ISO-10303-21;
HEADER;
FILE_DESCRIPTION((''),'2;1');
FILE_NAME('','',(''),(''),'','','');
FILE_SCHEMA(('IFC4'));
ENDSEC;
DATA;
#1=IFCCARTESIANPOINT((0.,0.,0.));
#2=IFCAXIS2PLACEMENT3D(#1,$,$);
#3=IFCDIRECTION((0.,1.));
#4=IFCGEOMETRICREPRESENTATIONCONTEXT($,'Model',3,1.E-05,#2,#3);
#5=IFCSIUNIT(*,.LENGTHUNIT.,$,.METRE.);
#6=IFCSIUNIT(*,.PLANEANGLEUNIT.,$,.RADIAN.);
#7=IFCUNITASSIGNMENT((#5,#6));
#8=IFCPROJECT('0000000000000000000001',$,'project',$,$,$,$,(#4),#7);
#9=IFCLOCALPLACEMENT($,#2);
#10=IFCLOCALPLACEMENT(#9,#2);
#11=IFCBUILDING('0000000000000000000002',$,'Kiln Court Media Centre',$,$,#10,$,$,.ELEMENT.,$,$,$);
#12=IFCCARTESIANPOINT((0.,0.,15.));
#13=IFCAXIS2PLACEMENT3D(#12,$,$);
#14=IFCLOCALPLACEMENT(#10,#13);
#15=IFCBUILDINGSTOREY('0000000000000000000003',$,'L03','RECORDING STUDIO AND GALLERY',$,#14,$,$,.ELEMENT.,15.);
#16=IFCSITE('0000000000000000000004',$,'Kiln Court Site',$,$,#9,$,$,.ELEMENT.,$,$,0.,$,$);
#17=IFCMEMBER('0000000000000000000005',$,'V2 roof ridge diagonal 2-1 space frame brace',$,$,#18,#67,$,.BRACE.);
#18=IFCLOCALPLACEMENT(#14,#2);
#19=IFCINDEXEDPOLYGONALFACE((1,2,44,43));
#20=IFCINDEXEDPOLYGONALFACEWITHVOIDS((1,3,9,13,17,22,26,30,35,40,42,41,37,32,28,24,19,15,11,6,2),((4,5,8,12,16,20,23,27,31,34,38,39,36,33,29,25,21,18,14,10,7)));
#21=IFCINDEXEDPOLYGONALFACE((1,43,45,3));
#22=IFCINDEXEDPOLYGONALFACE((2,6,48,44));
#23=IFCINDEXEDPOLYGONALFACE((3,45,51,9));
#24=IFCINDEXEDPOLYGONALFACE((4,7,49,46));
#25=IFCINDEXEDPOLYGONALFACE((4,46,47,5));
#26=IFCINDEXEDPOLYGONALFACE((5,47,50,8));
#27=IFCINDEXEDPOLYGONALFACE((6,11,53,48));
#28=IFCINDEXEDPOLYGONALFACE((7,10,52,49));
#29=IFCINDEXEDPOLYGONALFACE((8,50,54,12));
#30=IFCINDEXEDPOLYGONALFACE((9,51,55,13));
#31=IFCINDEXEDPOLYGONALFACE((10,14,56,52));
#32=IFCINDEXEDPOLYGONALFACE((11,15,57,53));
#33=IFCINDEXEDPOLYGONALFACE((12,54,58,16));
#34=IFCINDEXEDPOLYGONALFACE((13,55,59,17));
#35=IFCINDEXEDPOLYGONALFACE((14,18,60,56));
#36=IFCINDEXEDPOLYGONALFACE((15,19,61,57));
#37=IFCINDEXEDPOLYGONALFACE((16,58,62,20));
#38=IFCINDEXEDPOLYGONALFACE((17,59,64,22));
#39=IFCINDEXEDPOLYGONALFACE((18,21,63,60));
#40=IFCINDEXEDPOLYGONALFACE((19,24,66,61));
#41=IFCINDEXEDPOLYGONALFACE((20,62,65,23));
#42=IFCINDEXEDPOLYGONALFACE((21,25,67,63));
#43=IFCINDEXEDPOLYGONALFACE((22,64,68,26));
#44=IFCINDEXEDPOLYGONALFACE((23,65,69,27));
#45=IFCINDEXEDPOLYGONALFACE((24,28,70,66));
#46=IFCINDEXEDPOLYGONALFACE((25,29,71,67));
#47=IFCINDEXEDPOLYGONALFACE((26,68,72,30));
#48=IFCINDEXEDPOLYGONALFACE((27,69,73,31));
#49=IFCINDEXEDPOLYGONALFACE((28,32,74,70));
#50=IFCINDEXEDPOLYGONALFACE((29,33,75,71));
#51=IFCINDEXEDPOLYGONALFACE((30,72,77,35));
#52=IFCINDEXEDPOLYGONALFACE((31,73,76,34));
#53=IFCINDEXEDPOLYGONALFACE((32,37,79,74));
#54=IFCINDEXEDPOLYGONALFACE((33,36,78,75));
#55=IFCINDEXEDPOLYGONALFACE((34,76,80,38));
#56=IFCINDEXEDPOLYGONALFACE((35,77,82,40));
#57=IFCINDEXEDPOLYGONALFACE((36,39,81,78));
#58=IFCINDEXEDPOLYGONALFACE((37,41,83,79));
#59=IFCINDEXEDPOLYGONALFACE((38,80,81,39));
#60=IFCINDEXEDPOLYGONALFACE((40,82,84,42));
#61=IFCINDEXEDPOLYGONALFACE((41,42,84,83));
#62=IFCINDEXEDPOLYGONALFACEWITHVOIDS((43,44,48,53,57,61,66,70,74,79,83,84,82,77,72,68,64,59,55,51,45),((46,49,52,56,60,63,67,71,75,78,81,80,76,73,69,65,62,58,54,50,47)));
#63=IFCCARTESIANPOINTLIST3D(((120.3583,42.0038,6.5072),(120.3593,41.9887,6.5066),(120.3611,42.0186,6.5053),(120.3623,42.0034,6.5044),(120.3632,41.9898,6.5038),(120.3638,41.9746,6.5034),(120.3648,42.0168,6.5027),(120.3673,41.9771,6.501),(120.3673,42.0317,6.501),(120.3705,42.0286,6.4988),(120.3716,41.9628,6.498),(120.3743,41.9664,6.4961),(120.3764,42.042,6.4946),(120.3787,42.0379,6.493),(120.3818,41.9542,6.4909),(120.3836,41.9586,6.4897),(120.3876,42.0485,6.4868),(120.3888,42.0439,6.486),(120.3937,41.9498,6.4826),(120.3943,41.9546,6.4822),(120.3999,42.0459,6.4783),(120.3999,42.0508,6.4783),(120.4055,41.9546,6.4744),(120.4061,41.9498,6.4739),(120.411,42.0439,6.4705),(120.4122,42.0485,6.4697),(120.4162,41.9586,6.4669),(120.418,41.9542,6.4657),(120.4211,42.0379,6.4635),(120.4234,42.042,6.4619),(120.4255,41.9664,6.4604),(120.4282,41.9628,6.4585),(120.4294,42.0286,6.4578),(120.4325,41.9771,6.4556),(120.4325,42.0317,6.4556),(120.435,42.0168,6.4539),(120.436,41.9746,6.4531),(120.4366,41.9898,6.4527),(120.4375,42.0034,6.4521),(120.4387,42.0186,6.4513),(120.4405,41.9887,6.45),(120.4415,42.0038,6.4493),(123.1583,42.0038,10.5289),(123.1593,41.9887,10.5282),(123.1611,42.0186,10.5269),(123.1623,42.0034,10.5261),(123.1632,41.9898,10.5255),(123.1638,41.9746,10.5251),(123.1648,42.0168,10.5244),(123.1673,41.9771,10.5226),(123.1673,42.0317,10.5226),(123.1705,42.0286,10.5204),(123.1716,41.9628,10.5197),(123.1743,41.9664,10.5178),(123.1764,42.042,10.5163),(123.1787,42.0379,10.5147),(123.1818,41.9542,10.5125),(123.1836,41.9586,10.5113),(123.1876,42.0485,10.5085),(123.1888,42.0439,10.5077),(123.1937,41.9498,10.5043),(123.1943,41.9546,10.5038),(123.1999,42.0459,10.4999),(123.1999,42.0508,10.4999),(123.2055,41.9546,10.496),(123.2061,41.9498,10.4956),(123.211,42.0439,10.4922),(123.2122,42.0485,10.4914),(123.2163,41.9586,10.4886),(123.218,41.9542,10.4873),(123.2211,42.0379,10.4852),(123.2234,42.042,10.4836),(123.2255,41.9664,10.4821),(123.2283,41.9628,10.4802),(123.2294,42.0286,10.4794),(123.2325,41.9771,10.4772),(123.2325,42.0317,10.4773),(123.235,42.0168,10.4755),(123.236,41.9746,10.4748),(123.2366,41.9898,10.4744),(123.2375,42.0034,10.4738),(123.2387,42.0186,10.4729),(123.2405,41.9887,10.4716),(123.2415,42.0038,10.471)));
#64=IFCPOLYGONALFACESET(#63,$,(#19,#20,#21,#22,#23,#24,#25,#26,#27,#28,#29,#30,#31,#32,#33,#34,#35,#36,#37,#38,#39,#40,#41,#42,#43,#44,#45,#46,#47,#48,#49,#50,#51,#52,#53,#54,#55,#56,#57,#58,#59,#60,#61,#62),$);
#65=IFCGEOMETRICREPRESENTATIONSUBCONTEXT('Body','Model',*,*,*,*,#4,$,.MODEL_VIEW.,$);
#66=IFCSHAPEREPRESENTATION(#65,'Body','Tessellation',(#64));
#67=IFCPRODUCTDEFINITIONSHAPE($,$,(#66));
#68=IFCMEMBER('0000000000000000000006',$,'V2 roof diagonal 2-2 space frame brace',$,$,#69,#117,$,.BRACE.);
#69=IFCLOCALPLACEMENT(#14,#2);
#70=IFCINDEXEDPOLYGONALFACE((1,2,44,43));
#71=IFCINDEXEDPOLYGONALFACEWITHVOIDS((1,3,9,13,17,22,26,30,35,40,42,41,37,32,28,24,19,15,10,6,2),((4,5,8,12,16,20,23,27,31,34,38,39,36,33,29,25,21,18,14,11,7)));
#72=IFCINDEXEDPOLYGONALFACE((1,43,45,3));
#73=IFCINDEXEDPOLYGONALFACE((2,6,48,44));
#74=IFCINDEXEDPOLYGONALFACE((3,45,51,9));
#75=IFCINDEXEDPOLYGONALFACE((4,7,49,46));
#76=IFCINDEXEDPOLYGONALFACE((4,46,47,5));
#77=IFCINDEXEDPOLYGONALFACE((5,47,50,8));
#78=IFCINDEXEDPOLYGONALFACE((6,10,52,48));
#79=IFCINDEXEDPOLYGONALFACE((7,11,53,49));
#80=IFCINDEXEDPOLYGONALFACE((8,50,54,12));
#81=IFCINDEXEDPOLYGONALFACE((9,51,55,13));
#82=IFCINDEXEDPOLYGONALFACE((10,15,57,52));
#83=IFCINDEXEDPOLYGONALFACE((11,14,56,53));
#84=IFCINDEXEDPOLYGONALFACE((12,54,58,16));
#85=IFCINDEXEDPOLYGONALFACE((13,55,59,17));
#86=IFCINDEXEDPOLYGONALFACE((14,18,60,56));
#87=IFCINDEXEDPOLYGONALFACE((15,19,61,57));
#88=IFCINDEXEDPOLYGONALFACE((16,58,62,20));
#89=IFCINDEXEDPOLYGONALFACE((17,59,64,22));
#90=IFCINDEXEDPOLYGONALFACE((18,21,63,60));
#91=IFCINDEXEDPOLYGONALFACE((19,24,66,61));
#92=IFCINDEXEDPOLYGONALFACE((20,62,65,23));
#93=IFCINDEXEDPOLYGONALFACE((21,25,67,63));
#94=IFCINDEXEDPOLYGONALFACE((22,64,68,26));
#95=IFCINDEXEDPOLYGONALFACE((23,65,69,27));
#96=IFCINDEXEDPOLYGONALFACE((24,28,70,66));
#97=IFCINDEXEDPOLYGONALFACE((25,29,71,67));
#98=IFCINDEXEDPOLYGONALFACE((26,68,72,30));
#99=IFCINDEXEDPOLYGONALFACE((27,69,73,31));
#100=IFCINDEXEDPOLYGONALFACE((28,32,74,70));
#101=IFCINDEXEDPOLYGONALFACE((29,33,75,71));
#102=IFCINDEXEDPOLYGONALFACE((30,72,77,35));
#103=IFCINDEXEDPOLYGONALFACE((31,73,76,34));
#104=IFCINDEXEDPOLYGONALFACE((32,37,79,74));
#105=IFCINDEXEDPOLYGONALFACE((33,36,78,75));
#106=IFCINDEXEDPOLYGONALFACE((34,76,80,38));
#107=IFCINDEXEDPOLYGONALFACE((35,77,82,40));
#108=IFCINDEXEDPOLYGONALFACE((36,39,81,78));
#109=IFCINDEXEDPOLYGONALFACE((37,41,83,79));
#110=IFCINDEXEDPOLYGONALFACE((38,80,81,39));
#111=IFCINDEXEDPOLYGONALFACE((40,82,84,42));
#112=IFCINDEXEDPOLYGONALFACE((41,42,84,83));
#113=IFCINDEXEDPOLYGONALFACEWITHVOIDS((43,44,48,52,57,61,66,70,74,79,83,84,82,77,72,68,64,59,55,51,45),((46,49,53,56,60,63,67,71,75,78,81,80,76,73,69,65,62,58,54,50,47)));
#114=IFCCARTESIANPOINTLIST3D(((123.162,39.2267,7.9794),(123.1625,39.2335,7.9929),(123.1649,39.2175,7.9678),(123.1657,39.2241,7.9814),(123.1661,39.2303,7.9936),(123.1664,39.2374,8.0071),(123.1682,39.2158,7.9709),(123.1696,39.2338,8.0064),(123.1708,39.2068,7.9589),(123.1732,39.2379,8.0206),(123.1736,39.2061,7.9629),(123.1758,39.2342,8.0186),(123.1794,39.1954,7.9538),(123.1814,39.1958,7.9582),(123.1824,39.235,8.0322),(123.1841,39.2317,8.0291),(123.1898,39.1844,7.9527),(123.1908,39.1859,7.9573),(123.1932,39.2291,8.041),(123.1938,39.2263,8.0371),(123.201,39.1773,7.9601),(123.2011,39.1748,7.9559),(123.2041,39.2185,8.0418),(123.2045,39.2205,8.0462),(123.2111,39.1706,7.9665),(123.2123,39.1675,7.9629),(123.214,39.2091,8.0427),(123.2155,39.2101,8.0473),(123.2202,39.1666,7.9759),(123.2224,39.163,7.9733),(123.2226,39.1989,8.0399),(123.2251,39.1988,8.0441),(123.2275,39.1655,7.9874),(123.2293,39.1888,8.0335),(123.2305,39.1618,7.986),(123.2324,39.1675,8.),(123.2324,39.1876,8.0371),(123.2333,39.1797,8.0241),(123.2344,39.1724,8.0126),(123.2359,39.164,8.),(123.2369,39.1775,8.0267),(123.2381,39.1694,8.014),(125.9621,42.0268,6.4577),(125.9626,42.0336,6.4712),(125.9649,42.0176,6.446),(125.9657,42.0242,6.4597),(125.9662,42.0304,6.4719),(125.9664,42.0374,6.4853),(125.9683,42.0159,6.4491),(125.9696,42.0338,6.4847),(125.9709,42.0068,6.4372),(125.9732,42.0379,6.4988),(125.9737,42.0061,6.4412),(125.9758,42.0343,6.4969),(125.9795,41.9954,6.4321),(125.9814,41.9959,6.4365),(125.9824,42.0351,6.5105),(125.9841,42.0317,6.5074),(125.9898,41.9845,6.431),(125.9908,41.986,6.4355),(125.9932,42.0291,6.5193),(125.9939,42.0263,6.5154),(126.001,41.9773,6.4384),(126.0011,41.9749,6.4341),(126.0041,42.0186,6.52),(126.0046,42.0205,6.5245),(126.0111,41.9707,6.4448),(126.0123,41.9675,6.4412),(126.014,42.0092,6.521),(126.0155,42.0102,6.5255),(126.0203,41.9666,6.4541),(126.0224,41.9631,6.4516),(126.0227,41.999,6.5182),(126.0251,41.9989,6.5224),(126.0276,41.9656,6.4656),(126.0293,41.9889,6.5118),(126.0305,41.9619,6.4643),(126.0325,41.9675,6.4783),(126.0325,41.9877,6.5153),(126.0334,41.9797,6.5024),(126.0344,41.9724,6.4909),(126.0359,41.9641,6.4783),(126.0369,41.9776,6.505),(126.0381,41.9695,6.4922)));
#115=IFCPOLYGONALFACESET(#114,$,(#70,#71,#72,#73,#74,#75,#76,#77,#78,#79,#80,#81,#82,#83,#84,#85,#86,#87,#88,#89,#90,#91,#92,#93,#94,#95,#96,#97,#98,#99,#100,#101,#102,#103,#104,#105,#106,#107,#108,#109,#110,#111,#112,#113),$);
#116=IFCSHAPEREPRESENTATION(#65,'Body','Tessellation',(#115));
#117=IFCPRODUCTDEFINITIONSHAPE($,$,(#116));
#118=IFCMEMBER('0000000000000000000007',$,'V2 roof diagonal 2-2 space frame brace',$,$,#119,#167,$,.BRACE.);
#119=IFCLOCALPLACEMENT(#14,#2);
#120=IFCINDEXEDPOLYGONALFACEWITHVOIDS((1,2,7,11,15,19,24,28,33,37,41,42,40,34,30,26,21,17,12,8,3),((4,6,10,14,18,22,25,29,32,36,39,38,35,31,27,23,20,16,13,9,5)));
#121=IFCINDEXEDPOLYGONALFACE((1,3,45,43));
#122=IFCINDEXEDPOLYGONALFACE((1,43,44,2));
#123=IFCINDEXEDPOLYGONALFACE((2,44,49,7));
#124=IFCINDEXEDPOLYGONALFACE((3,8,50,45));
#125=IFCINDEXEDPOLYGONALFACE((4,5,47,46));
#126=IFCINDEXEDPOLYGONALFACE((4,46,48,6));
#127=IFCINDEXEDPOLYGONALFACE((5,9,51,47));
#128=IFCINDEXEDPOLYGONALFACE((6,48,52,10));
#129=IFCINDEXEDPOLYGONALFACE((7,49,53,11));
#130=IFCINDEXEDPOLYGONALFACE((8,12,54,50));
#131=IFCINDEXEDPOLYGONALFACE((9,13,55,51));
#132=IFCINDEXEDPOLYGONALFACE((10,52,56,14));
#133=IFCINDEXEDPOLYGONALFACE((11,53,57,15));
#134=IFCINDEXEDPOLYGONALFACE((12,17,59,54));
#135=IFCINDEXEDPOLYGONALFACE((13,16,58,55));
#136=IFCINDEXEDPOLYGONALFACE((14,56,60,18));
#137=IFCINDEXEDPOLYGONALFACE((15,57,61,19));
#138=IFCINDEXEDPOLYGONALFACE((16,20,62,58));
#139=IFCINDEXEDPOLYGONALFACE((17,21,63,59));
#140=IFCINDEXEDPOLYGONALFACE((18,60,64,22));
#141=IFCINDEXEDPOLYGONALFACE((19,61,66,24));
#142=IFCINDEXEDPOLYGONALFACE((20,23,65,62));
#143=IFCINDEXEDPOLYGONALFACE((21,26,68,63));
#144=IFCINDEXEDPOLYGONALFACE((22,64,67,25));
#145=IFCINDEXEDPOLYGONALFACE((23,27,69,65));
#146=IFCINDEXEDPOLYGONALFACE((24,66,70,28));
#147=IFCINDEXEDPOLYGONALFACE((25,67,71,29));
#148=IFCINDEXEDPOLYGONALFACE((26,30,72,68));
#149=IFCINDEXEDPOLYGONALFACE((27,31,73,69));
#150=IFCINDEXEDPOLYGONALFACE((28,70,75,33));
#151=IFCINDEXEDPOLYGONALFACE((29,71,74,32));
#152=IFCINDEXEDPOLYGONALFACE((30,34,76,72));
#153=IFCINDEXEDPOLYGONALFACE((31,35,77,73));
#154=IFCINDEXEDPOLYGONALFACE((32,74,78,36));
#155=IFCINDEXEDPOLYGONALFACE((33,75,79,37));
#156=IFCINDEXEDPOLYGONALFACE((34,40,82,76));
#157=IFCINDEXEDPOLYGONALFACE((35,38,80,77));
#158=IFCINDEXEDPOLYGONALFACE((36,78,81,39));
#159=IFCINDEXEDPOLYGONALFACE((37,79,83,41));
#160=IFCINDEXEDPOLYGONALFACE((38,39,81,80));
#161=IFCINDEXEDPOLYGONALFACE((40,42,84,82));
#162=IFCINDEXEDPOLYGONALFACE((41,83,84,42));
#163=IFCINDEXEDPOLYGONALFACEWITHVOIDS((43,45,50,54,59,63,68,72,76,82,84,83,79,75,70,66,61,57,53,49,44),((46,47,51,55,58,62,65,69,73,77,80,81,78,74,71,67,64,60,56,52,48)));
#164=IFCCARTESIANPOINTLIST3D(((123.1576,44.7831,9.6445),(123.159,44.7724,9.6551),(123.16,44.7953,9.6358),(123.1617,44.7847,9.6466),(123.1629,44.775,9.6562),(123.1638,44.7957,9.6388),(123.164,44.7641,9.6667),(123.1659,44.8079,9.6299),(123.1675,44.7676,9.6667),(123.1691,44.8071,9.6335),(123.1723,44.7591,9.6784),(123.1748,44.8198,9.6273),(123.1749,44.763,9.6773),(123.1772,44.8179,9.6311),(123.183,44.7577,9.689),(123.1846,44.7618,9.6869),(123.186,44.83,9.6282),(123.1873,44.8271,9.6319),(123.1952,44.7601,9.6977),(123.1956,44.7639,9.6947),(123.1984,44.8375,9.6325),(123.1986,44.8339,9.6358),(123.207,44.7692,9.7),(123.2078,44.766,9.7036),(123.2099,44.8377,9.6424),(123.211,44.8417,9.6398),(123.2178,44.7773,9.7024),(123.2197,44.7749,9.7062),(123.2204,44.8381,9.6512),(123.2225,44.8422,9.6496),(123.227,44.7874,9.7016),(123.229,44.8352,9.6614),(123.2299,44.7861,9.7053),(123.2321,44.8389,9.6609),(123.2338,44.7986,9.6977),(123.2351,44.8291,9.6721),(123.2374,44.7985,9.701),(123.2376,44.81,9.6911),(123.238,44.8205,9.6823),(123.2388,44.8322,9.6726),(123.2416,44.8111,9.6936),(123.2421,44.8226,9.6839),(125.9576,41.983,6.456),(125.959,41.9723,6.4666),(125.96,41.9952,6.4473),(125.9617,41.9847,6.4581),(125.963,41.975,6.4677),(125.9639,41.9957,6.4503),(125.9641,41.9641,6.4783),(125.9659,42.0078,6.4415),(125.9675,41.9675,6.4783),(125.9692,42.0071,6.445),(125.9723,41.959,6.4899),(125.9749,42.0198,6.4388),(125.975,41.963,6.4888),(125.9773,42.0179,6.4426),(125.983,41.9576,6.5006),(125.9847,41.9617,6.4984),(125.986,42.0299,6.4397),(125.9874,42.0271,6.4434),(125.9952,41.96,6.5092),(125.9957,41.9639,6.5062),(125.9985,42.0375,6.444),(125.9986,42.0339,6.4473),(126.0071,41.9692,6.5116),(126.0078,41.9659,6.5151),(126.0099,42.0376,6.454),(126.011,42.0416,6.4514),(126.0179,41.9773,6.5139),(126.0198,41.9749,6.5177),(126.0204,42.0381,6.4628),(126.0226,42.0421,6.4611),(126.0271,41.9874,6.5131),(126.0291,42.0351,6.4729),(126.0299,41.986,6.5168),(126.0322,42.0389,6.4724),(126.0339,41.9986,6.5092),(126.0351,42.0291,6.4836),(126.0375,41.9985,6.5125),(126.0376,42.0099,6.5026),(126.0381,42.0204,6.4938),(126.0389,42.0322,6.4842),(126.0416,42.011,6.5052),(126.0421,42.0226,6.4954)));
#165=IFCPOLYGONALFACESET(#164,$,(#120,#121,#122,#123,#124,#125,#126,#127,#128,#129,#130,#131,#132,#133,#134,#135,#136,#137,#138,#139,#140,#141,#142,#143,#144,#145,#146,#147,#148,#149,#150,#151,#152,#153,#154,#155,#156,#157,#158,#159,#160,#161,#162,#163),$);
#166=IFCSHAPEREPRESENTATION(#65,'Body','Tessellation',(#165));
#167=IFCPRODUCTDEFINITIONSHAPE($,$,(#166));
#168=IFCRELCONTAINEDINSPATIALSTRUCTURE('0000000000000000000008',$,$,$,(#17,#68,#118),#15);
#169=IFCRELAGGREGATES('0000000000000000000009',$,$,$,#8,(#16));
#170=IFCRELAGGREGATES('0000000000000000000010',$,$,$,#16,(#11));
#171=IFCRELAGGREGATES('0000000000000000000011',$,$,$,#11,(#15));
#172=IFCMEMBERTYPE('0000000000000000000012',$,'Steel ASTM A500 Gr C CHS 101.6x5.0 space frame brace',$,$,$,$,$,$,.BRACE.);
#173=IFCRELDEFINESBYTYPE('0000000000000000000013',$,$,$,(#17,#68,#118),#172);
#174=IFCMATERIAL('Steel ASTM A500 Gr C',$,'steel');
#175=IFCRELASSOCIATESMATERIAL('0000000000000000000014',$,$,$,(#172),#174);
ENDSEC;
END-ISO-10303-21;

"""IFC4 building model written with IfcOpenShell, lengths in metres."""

from ifc_helpers import new_model, si_unit, direction, frame, origin, origin_2d, place, context, subcontext, project, spatial, hollow_circle, extrude, material, material_profile, profile_set, type_object, element, save


model = new_model("IFC4")

# Units and contexts
model_context = context("Model", 3, precision=1e-05, world=origin(), true_north=direction((0.0, 1.0)))
body_context = subcontext(model_context, "Body", "Model", "MODEL_VIEW")
ifc_project = project(units=[si_unit("LENGTHUNIT", "METRE"), si_unit("PLANEANGLEUNIT", "RADIAN")], contexts=[model_context])

# Site, building, storey
site_placement = place(None, origin())
site = spatial("IfcSite", under=ifc_project, at=site_placement, Name="Kiln Court Site", CompositionType="ELEMENT", RefElevation=0.0)
building_placement = place(site_placement, origin())
building = spatial("IfcBuilding", under=site, at=building_placement, Name="Kiln Court Media Centre", CompositionType="ELEMENT")
storey_placement = place(building_placement, frame((0.0, 0.0, 15.0)))
storey = spatial("IfcBuildingStorey", under=building, at=storey_placement, Name="L03", Description="RECORDING STUDIO AND GALLERY", CompositionType="ELEMENT", Elevation=15.0)

# Members
ifc_material_1 = material(Name="Steel ASTM A500 Gr C", Category="steel")
ifc_material_profile_1 = material_profile(ifc_material_1, hollow_circle(Radius=0.0508, WallThickness=0.0049, at=origin_2d()), Name="CHS 101.6x5.0")
ifc_profile_set_1 = profile_set([ifc_material_profile_1], Name="Steel ASTM A500 Gr C")
member_type_1 = type_object("IfcMemberType", Name="Steel ASTM A500 Gr C CHS 101.6x5.0 space frame brace", PredefinedType="BRACE", material=ifc_profile_set_1)
member_1_placement = place(storey_placement, frame((120.3999, 42.0, 6.4783), z_axis=(0.571384, 0.0, 0.820683), x_axis=(0.0, 1.0, 0.0)))
element("IfcMember", 1, at=member_1_placement, inside=storey, type_object=member_type_1, Name="V2 roof ridge diagonal 2-1 space frame brace", PredefinedType="BRACE", context=body_context, shape_type="SweptSolid", body=[
    extrude(hollow_circle(Radius=0.0508, WallThickness=0.0049, at=origin_2d()), origin(), (0.0, 0.0, 1.0), 4.9004),
])
member_2_placement = place(storey_placement, frame((126.0, 42.0, 6.4783), z_axis=(-0.660047, -0.660047, 0.358713), x_axis=(0.707107, -0.707107, 0.0)))
element("IfcMember", 2, at=member_2_placement, inside=storey, type_object=member_type_1, Name="V2 roof diagonal 2-2 space frame brace", PredefinedType="BRACE", context=body_context, shape_type="SweptSolid", body=[
    extrude(hollow_circle(Radius=0.0508, WallThickness=0.0049, at=origin_2d()), origin(), (0.0, 0.0, 1.0), 4.2422),
])
member_3_placement = place(storey_placement, frame((126.0, 42.0, 6.4783), z_axis=(-0.550758, 0.550758, 0.627161), x_axis=(-0.707107, -0.707107, 0.0)))
element("IfcMember", 3, at=member_3_placement, inside=storey, type_object=member_type_1, Name="V2 roof diagonal 2-2 space frame brace", PredefinedType="BRACE", context=body_context, shape_type="SweptSolid", body=[
    extrude(hollow_circle(Radius=0.0508, WallThickness=0.0049, at=origin_2d()), origin(), (0.0, 0.0, 1.0), 5.084),
])

save(model, "model.ifc")
